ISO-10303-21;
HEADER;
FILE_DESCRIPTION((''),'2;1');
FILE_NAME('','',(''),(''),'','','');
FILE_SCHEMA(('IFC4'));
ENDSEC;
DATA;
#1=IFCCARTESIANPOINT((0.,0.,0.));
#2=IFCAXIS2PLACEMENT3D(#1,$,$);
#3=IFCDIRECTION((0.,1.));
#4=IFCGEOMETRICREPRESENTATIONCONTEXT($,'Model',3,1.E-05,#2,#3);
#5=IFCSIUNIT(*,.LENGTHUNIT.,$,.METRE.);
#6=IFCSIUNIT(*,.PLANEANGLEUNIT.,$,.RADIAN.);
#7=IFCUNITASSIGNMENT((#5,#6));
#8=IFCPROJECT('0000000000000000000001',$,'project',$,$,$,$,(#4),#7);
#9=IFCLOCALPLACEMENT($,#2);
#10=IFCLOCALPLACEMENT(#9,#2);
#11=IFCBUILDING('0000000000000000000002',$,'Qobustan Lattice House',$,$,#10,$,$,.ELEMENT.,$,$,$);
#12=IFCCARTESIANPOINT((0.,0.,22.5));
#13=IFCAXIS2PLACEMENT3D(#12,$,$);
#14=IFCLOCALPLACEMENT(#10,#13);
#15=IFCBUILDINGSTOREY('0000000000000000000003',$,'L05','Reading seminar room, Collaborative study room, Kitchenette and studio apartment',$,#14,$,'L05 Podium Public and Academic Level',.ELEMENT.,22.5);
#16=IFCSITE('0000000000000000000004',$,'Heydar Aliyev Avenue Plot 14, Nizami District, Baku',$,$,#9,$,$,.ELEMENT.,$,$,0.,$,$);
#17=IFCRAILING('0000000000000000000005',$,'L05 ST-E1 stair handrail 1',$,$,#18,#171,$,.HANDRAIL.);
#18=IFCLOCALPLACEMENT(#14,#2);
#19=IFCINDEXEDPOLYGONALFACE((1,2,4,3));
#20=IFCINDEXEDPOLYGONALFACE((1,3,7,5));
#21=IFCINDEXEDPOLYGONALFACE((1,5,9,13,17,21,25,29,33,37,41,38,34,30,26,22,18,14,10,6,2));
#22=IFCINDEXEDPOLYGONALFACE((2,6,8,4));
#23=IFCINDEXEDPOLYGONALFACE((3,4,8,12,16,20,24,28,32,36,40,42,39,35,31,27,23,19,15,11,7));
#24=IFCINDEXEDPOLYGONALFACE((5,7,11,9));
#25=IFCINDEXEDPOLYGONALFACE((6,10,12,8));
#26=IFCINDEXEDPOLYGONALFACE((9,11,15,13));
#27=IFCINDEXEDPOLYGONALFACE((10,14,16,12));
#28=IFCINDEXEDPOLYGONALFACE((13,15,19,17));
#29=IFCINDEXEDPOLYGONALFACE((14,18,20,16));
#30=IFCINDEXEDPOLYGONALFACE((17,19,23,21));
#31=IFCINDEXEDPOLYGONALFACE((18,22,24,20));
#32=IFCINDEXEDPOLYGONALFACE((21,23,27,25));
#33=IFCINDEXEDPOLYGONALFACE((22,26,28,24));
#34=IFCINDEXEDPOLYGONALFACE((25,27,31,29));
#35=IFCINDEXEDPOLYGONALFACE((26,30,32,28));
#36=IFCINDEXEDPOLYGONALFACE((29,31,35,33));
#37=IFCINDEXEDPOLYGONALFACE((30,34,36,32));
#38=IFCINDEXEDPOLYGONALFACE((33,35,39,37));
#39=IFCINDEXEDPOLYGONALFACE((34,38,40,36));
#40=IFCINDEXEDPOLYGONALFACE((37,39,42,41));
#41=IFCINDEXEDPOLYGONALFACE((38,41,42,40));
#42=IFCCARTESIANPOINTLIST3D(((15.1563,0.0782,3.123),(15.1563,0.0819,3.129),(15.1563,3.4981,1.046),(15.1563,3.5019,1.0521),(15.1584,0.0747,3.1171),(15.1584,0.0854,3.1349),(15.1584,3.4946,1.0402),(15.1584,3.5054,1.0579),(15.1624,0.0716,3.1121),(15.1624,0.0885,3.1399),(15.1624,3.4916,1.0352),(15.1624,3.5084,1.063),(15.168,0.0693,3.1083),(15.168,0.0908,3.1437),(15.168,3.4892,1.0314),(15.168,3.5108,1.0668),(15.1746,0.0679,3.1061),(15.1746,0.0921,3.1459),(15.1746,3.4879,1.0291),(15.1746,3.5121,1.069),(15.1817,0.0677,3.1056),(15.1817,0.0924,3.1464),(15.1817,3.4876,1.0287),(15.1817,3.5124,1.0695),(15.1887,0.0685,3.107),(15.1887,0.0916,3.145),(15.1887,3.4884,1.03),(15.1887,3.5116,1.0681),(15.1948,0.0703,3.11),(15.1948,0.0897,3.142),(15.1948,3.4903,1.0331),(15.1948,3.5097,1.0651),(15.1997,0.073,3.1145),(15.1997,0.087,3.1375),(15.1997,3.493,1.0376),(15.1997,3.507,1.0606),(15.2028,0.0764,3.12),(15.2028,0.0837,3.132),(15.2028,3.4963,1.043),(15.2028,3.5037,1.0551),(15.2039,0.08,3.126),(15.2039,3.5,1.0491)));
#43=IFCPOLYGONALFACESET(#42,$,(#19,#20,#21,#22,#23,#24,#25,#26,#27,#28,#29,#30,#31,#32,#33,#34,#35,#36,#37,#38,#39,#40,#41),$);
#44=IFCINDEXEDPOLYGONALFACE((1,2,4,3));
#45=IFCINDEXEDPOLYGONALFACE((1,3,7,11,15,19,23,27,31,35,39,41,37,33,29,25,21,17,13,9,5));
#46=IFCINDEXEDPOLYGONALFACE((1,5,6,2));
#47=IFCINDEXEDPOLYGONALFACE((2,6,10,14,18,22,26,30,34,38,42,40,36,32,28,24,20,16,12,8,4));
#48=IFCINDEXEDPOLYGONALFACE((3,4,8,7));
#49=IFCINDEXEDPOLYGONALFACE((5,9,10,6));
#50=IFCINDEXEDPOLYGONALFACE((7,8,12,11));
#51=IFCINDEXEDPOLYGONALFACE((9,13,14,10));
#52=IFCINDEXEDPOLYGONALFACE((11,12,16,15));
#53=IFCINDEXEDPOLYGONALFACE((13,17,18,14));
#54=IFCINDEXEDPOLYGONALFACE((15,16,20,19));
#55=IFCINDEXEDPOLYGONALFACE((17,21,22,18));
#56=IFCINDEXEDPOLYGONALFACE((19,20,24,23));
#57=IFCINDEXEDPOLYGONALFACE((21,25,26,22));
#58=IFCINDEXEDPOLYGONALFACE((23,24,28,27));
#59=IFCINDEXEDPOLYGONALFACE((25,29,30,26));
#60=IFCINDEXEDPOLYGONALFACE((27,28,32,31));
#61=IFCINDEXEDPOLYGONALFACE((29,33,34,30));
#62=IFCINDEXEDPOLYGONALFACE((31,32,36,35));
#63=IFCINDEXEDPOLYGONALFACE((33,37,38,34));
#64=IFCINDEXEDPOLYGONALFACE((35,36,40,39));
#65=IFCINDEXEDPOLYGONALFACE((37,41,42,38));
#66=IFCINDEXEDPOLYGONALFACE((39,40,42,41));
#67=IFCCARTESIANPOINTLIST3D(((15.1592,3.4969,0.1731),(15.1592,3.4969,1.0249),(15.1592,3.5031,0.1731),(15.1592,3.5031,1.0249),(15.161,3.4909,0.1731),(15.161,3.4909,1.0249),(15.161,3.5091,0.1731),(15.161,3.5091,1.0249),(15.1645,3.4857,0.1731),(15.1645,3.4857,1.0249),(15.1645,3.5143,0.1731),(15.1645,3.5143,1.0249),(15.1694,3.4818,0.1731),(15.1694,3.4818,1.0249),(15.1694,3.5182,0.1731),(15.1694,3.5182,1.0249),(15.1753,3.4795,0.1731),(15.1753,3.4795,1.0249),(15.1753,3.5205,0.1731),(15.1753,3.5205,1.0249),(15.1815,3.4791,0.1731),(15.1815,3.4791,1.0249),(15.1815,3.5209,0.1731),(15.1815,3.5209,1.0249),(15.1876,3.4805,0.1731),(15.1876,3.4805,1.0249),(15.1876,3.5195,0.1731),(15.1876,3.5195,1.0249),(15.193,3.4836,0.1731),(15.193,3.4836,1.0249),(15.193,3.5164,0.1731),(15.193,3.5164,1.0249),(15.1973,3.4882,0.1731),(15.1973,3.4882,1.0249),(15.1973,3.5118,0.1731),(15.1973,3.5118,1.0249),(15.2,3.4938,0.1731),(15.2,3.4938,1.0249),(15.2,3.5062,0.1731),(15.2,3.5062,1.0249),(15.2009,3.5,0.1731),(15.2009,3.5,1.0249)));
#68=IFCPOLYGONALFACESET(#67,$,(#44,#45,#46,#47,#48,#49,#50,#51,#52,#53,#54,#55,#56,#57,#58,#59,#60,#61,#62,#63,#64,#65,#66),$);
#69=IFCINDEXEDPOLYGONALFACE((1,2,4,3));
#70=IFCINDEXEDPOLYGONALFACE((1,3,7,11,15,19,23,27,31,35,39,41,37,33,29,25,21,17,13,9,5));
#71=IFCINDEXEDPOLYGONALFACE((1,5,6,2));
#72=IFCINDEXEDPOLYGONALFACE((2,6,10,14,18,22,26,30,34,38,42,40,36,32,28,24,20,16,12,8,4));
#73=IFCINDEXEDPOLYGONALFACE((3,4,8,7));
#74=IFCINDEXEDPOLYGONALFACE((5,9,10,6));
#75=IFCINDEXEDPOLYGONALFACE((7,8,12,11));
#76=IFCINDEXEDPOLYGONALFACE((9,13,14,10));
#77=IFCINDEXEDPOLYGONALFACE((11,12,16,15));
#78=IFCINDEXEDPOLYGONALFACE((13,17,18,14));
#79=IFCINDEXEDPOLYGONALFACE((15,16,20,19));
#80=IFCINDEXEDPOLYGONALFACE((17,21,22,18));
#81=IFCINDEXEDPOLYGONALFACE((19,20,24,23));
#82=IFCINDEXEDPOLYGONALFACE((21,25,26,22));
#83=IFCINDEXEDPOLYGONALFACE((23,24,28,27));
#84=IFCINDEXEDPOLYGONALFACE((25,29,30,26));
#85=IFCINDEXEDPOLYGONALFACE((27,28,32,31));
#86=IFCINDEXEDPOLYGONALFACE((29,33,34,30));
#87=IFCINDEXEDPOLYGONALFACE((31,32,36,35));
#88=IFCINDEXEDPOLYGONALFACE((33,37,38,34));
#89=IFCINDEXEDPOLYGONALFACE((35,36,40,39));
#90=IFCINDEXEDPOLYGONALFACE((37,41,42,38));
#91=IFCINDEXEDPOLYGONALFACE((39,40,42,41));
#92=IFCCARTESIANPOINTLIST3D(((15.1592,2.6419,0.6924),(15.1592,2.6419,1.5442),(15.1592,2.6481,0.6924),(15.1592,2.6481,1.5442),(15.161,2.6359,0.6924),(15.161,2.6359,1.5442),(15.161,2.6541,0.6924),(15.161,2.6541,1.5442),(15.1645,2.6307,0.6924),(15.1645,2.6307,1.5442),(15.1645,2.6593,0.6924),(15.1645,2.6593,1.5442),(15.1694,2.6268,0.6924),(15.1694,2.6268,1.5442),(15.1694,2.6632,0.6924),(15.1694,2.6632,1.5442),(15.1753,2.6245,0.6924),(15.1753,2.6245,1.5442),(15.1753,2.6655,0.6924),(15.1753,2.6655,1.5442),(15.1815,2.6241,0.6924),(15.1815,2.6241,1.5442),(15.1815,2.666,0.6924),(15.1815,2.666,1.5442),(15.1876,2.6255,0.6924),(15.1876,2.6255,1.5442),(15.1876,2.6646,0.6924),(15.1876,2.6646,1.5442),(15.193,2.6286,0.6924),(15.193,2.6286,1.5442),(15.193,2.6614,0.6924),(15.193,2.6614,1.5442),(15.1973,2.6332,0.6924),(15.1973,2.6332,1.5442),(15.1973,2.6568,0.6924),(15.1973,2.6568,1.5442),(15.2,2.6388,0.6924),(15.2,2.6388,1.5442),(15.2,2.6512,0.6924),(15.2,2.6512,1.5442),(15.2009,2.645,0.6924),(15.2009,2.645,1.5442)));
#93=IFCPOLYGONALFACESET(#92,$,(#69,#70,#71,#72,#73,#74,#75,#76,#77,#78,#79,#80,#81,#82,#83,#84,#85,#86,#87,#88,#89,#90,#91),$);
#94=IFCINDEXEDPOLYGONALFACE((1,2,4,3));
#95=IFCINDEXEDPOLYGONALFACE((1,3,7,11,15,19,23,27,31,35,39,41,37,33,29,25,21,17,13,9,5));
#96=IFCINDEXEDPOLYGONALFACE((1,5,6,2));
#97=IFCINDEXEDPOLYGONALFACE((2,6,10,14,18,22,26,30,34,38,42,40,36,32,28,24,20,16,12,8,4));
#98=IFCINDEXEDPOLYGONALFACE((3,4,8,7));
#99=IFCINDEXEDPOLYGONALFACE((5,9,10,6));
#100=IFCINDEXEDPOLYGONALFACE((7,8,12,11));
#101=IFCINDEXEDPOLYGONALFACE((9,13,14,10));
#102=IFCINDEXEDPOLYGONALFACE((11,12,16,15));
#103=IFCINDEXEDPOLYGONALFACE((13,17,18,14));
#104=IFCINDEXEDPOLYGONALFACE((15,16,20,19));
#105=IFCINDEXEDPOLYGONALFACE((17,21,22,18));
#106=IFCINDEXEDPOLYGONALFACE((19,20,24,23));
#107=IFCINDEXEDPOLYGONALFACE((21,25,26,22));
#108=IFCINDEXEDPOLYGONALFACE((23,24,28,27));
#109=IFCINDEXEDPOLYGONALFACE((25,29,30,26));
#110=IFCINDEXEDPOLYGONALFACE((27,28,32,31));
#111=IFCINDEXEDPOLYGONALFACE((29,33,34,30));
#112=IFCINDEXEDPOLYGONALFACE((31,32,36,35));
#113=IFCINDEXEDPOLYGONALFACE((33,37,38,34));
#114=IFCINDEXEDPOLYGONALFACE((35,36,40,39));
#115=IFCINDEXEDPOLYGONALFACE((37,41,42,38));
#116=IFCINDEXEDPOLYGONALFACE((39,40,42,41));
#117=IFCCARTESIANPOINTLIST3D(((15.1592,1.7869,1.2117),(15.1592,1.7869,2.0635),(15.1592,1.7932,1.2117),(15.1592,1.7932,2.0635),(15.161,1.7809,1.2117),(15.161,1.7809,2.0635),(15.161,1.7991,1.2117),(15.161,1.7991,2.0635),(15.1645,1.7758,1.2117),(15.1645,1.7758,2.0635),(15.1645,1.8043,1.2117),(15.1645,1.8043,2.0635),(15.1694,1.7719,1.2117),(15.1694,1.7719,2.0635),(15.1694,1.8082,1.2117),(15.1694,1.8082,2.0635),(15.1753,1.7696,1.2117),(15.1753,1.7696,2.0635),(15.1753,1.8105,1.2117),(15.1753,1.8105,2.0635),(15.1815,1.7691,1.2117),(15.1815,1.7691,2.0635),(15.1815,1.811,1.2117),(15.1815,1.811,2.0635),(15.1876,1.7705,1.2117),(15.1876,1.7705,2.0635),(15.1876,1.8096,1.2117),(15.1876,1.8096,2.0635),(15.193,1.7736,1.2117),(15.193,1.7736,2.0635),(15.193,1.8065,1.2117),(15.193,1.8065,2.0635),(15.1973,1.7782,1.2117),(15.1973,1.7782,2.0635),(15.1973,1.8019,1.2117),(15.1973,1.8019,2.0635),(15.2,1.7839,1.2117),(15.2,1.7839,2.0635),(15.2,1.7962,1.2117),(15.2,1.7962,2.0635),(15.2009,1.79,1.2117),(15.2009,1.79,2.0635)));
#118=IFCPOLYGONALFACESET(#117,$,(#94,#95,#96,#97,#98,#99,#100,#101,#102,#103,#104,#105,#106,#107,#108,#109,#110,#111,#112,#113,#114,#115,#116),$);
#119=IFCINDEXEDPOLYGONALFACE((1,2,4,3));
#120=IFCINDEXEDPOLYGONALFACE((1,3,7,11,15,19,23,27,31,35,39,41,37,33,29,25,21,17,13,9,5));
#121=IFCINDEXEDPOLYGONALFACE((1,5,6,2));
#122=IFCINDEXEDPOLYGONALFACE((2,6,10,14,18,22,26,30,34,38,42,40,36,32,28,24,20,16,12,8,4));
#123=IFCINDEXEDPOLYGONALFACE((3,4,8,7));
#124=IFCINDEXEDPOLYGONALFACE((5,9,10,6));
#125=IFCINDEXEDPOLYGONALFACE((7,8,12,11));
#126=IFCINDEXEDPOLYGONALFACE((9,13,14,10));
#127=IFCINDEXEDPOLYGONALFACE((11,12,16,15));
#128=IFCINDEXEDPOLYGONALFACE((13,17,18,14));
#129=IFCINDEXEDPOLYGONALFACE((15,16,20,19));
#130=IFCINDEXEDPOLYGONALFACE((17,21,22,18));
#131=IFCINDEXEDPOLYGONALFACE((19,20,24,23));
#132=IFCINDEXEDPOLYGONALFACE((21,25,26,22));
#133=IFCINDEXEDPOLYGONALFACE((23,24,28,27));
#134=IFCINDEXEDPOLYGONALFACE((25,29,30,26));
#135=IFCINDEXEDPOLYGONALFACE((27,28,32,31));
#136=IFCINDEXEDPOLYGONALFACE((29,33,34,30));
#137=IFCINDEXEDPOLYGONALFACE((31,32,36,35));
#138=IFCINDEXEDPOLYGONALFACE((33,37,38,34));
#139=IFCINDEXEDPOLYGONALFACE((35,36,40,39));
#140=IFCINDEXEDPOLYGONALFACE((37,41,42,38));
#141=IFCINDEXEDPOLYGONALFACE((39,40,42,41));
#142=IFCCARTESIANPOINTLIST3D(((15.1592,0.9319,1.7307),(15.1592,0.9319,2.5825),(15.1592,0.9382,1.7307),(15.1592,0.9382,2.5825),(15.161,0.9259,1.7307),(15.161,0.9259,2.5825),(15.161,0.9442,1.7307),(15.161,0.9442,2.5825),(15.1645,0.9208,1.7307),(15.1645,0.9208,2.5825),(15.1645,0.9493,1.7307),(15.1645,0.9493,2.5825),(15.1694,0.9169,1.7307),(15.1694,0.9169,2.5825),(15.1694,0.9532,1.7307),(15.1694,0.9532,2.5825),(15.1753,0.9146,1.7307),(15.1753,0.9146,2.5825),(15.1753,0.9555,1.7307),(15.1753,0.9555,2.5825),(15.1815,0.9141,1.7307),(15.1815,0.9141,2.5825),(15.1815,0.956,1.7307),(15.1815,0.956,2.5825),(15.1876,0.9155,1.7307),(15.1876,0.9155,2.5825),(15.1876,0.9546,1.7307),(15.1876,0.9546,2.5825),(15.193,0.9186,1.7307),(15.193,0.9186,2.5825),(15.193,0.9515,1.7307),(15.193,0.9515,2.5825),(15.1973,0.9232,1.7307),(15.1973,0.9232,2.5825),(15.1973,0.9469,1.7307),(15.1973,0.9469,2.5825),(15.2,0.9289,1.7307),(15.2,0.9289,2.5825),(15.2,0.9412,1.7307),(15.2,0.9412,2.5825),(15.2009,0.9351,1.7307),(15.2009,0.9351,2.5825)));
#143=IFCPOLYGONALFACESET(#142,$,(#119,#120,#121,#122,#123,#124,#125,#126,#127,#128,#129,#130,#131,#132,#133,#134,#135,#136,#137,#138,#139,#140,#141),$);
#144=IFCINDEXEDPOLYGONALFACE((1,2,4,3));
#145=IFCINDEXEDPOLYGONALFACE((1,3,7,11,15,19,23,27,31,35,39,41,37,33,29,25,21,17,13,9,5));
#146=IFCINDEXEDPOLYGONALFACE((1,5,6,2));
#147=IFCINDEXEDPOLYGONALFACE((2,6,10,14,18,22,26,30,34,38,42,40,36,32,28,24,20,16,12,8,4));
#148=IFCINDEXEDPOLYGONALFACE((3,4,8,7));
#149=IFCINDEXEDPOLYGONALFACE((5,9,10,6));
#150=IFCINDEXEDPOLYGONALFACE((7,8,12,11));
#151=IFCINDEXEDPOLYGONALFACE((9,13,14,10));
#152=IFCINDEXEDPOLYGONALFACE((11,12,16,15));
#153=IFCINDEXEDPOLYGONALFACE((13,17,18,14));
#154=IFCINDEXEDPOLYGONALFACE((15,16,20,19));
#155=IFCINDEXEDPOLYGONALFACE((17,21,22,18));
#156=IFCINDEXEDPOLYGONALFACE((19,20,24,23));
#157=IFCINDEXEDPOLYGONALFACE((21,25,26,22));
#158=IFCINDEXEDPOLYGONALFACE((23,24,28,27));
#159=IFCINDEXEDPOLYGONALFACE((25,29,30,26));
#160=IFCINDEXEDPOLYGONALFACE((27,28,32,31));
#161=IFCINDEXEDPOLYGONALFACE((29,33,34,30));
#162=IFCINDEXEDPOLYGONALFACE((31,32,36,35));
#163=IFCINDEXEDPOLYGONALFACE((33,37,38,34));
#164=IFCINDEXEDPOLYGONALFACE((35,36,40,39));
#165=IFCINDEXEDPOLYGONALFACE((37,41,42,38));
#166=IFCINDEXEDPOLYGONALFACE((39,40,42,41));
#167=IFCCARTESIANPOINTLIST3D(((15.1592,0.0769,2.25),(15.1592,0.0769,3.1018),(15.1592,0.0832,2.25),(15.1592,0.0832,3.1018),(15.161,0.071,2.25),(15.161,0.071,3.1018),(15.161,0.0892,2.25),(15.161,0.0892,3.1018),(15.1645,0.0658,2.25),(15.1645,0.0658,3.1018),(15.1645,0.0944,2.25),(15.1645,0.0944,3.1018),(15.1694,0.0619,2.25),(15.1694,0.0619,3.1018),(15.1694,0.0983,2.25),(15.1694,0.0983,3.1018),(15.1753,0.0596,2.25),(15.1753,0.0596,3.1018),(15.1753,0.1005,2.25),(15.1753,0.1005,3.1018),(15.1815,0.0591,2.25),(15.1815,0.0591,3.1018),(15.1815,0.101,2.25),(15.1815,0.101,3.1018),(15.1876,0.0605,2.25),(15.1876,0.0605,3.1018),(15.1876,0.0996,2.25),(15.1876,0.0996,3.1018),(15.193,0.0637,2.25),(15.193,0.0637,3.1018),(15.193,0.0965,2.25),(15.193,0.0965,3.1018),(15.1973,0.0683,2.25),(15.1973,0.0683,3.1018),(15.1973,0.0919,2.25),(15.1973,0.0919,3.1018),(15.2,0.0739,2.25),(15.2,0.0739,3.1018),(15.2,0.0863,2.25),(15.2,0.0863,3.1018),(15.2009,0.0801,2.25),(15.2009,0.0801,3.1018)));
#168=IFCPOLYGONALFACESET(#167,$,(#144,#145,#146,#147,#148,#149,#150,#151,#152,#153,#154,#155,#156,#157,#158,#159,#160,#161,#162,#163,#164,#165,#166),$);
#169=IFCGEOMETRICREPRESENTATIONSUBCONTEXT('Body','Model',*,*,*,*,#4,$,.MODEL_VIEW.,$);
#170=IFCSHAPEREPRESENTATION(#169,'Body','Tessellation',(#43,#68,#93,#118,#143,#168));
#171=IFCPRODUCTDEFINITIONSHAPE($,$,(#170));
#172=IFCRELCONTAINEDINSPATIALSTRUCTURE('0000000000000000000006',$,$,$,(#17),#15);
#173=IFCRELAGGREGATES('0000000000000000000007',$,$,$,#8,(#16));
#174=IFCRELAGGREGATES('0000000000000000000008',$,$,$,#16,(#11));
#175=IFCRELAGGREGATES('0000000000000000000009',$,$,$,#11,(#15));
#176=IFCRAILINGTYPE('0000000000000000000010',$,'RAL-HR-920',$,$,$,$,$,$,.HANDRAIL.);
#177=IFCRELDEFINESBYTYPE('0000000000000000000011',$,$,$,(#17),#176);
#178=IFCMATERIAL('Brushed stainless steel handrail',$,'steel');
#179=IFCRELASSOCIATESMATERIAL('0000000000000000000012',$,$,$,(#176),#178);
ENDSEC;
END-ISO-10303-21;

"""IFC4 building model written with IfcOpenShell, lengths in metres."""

from ifc_helpers import new_model, si_unit, direction, frame, origin, origin_2d, place, context, subcontext, project, spatial, circle, extrude, material, type_object, element, save


model = new_model("IFC4")

# Units and contexts
model_context = context("Model", 3, precision=1e-05, world=origin(), true_north=direction((0.0, 1.0)))
body_context = subcontext(model_context, "Body", "Model", "MODEL_VIEW")
ifc_project = project(units=[si_unit("LENGTHUNIT", "METRE"), si_unit("PLANEANGLEUNIT", "RADIAN")], contexts=[model_context])

# Site, building, storey
site_placement = place(None, origin())
site = spatial("IfcSite", under=ifc_project, at=site_placement, Name="Heydar Aliyev Avenue Plot 14, Nizami District, Baku", CompositionType="ELEMENT", RefElevation=0.0)
building_placement = place(site_placement, origin())
building = spatial("IfcBuilding", under=site, at=building_placement, Name="Qobustan Lattice House", CompositionType="ELEMENT")
storey_placement = place(building_placement, frame((0.0, 0.0, 22.5)))
storey = spatial("IfcBuildingStorey", under=building, at=storey_placement, Name="L05", Description="Reading seminar room, Collaborative study room, Kitchenette and studio apartment", LongName="L05 Podium Public and Academic Level", CompositionType="ELEMENT", Elevation=22.5)

# Railing
ifc_material_1 = material(Name="Brushed stainless steel handrail", Category="steel")
railing_type_1 = type_object("IfcRailingType", Name="RAL-HR-920", PredefinedType="HANDRAIL", material=ifc_material_1)
railing_1_placement = place(storey_placement, frame((15.1799, 3.5, 0.1731)))
element("IfcRailing", 1, at=railing_1_placement, inside=storey, type_object=railing_type_1, Name="L05 ST-E1 stair handrail 1", PredefinedType="HANDRAIL", context=body_context, shape_type="SweptSolid", body=[
    extrude(circle(Radius=0.0239, at=origin_2d()), frame((0.0, 0.0, 0.876), z_axis=(0.0, -0.85473, 0.519074), x_axis=(1.0, 0.0, 0.0)), (0.0, 0.0, 1.0), 4.0012),
    extrude(circle(Radius=0.021, at=origin_2d()), origin(), (0.0, 0.0, 1.0), 0.8518),
    extrude(circle(Radius=0.021, at=origin_2d()), frame((0.0, -0.855, 0.5193)), (0.0, 0.0, 1.0), 0.8518),
    extrude(circle(Radius=0.021, at=origin_2d()), frame((0.0, -1.71, 1.0386)), (0.0, 0.0, 1.0), 0.8518),
    extrude(circle(Radius=0.021, at=origin_2d()), frame((0.0, -2.5649, 1.5576)), (0.0, 0.0, 1.0), 0.8518),
    extrude(circle(Radius=0.021, at=origin_2d()), frame((0.0, -3.4199, 2.0769)), (0.0, 0.0, 1.0), 0.8518),
])

save(model, "model.ifc")
